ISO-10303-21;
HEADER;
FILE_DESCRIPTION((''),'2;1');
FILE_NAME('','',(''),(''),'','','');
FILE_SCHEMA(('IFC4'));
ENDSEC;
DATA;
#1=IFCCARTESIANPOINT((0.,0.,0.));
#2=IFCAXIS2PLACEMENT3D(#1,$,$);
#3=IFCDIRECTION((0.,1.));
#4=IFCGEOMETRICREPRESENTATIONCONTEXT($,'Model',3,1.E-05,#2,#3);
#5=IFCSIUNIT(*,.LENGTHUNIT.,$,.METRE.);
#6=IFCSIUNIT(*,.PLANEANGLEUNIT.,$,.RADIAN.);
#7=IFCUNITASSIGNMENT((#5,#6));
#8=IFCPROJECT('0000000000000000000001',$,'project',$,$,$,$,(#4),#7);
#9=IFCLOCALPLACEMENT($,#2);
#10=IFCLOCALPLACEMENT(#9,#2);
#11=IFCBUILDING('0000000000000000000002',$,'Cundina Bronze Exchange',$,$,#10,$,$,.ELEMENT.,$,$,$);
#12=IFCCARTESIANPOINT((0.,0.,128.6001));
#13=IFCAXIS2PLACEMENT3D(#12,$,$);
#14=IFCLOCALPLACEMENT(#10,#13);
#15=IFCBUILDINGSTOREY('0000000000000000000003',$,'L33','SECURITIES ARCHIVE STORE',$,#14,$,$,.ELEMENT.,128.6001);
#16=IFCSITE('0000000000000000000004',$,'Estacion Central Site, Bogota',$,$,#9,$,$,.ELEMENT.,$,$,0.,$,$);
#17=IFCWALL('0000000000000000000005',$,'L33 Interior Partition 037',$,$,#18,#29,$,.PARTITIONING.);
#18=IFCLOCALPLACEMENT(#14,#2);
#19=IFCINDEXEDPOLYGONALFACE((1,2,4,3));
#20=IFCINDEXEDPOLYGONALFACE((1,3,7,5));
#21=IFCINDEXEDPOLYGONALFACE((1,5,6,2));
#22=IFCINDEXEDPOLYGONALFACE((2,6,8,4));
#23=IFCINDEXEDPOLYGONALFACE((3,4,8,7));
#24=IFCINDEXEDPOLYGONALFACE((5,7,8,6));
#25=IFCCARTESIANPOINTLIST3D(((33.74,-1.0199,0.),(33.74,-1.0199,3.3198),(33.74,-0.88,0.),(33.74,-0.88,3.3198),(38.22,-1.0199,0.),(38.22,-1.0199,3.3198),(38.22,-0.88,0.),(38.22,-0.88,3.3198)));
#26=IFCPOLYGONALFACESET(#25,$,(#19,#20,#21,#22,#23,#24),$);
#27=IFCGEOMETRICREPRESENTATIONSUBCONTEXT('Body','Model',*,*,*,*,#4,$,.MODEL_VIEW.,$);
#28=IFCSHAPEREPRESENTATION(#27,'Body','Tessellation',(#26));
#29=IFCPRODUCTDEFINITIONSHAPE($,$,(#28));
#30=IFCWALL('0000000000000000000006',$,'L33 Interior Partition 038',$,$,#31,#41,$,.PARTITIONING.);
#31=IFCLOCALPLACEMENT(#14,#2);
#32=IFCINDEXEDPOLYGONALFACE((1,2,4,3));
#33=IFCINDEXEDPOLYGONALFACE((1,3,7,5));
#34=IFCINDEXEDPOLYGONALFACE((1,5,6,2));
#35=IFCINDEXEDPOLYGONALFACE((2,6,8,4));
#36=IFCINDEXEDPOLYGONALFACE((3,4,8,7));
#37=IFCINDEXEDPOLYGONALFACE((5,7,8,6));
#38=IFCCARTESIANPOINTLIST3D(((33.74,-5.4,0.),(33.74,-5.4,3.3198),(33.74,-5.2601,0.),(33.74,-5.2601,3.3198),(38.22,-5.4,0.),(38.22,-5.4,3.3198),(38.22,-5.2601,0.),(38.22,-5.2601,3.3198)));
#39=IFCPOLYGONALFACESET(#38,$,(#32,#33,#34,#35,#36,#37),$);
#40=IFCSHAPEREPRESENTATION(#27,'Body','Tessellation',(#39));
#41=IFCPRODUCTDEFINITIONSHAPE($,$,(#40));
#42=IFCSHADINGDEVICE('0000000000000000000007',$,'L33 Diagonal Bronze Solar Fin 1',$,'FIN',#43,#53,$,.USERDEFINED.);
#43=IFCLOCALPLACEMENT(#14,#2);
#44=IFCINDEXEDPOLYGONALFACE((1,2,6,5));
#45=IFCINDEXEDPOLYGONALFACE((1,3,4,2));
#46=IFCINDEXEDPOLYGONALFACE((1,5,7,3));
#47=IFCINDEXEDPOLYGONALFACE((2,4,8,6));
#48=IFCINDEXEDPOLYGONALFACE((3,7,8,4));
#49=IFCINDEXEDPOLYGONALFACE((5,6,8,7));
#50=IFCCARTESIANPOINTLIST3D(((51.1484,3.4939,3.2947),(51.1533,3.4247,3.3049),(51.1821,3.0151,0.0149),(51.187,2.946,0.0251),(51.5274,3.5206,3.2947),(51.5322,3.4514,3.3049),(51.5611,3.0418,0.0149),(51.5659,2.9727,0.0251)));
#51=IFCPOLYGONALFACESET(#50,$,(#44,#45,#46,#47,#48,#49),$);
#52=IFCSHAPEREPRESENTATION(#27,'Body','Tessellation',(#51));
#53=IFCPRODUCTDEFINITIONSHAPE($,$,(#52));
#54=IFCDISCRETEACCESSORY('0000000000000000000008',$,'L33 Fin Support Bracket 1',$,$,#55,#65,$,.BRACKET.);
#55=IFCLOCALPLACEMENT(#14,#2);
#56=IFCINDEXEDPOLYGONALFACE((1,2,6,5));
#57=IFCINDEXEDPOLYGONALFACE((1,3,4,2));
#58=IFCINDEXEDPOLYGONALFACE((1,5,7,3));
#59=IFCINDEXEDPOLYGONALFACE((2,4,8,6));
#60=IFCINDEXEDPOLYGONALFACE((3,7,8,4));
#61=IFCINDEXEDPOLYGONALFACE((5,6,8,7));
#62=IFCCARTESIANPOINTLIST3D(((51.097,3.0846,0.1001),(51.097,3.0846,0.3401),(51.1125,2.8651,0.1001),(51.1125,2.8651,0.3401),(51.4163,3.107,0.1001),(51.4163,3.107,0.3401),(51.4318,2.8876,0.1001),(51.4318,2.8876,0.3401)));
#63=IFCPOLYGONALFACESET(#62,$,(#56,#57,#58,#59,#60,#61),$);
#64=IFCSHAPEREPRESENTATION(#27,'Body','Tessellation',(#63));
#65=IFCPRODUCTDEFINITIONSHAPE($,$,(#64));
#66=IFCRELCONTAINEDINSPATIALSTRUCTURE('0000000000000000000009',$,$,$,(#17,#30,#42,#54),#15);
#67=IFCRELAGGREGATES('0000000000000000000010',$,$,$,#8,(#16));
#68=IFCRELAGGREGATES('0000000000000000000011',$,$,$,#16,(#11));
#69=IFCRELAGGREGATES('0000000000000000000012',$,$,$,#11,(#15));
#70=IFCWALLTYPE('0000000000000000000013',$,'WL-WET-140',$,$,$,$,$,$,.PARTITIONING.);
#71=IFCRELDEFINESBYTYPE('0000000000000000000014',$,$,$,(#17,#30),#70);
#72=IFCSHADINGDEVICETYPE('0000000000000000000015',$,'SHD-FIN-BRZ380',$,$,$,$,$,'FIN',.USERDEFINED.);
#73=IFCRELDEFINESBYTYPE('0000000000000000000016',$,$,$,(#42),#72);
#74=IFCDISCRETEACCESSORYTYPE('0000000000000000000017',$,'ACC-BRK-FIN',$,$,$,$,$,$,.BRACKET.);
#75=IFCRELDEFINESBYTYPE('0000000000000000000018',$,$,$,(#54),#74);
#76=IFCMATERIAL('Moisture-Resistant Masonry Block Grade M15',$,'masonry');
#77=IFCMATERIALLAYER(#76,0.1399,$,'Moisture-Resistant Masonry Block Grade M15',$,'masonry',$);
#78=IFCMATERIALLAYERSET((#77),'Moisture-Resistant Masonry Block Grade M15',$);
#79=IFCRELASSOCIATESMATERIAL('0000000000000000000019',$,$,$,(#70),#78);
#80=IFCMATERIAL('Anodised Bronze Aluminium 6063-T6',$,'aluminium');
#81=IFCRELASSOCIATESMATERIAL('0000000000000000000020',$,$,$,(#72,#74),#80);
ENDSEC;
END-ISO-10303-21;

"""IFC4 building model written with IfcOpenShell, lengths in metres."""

from ifc_helpers import new_model, si_unit, direction, frame, frame_2d, origin, origin_2d, place, context, subcontext, project, spatial, rectangle, extrude, material, layer, layer_set, material_profile, profile_set, type_object, element, save


model = new_model("IFC4")

# Units and contexts
model_context = context("Model", 3, precision=1e-05, world=origin(), true_north=direction((0.0, 1.0)))
body_context = subcontext(model_context, "Body", "Model", "MODEL_VIEW")
ifc_project = project(units=[si_unit("LENGTHUNIT", "METRE"), si_unit("PLANEANGLEUNIT", "RADIAN")], contexts=[model_context])

# Site, building, storey
site_placement = place(None, origin())
site = spatial("IfcSite", under=ifc_project, at=site_placement, Name="Estacion Central Site, Bogota", CompositionType="ELEMENT", RefElevation=0.0)
building_placement = place(site_placement, origin())
building = spatial("IfcBuilding", under=site, at=building_placement, Name="Cundina Bronze Exchange", CompositionType="ELEMENT")
storey_placement = place(building_placement, frame((0.0, 0.0, 128.6001)))
storey = spatial("IfcBuildingStorey", under=building, at=storey_placement, Name="L33", Description="SECURITIES ARCHIVE STORE", CompositionType="ELEMENT", Elevation=128.6001)

# Shared definitions
ifc_material_1 = material(Name="Anodised Bronze Aluminium 6063-T6", Category="aluminium")

# Walls
ifc_material_2 = material(Name="Moisture-Resistant Masonry Block Grade M15", Category="masonry")
ifc_layer_1 = layer(ifc_material_2, 0.1399, Name="Moisture-Resistant Masonry Block Grade M15", Category="masonry")
ifc_layer_set_1 = layer_set([ifc_layer_1], Name="Moisture-Resistant Masonry Block Grade M15")
wall_type_1 = type_object("IfcWallType", Name="WL-WET-140", PredefinedType="PARTITIONING", material=ifc_layer_set_1)
for number, where, z_axis, x_axis, name in (
    (1, (33.74, -0.95, 0.0), (0.0, 0.0, 1.0), (1.0, 0.0, 0.0), "L33 Interior Partition 037"),
    (2, (33.74, -5.3301, 0.0), (0.0, 0.0, 1.0), (1.0, 0.0, 0.0), "L33 Interior Partition 038"),
):
    element("IfcWall", number, at=place(storey_placement, frame(where, z_axis=z_axis, x_axis=x_axis)), inside=storey, type_object=wall_type_1, Name=name, PredefinedType="PARTITIONING", context=body_context, shape_type="SweptSolid", body=[
        extrude(rectangle(XDim=4.48, YDim=0.1399, at=frame_2d((2.24, 0.0))), origin(), (0.0, 0.0, 1.0), 3.3198),
    ])

# Shading device
ifc_material_profile_1 = material_profile(ifc_material_1, rectangle(XDim=0.0701, YDim=0.3799, at=origin_2d()), Name="FIN70X380", Category="aluminium")
ifc_profile_set_1 = profile_set([ifc_material_profile_1], Name="Anodised Bronze Aluminium 6063-T6")
shading_device_type = type_object("IfcShadingDeviceType", Name="SHD-FIN-BRZ380", ElementType="FIN", PredefinedType="USERDEFINED", material=ifc_profile_set_1)
shading_device_placement = place(storey_placement, frame((51.374, 2.9939, 0.02), z_axis=(-0.010164, 0.144435, 0.989462), x_axis=(0.069459, -0.987021, 0.144792)))
element("IfcShadingDevice", 3, at=shading_device_placement, inside=storey, type_object=shading_device_type, Name="L33 Diagonal Bronze Solar Fin 1", ObjectType="FIN", PredefinedType="USERDEFINED", context=body_context, shape_type="SweptSolid", body=[
    extrude(rectangle(XDim=0.0701, YDim=0.3799, at=origin_2d()), origin(), (0.0, 0.0, 1.0), 3.3147),
])

# Discrete accessory
discrete_accessory_type = type_object("IfcDiscreteAccessoryType", Name="ACC-BRK-FIN", PredefinedType="BRACKET", material=ifc_material_1)
discrete_accessory_placement = place(storey_placement, frame((51.2644, 2.9861, 0.1001), z_axis=(0.0, 0.0, 1.0), x_axis=(-0.070279, 0.997527, 0.0)))
element("IfcDiscreteAccessory", 4, at=discrete_accessory_placement, inside=storey, type_object=discrete_accessory_type, Name="L33 Fin Support Bracket 1", PredefinedType="BRACKET", context=body_context, shape_type="SweptSolid", body=[
    extrude(rectangle(XDim=0.22, YDim=0.3201, at=origin_2d()), origin(), (0.0, 0.0, 1.0), 0.24),
])

save(model, "model.ifc")
